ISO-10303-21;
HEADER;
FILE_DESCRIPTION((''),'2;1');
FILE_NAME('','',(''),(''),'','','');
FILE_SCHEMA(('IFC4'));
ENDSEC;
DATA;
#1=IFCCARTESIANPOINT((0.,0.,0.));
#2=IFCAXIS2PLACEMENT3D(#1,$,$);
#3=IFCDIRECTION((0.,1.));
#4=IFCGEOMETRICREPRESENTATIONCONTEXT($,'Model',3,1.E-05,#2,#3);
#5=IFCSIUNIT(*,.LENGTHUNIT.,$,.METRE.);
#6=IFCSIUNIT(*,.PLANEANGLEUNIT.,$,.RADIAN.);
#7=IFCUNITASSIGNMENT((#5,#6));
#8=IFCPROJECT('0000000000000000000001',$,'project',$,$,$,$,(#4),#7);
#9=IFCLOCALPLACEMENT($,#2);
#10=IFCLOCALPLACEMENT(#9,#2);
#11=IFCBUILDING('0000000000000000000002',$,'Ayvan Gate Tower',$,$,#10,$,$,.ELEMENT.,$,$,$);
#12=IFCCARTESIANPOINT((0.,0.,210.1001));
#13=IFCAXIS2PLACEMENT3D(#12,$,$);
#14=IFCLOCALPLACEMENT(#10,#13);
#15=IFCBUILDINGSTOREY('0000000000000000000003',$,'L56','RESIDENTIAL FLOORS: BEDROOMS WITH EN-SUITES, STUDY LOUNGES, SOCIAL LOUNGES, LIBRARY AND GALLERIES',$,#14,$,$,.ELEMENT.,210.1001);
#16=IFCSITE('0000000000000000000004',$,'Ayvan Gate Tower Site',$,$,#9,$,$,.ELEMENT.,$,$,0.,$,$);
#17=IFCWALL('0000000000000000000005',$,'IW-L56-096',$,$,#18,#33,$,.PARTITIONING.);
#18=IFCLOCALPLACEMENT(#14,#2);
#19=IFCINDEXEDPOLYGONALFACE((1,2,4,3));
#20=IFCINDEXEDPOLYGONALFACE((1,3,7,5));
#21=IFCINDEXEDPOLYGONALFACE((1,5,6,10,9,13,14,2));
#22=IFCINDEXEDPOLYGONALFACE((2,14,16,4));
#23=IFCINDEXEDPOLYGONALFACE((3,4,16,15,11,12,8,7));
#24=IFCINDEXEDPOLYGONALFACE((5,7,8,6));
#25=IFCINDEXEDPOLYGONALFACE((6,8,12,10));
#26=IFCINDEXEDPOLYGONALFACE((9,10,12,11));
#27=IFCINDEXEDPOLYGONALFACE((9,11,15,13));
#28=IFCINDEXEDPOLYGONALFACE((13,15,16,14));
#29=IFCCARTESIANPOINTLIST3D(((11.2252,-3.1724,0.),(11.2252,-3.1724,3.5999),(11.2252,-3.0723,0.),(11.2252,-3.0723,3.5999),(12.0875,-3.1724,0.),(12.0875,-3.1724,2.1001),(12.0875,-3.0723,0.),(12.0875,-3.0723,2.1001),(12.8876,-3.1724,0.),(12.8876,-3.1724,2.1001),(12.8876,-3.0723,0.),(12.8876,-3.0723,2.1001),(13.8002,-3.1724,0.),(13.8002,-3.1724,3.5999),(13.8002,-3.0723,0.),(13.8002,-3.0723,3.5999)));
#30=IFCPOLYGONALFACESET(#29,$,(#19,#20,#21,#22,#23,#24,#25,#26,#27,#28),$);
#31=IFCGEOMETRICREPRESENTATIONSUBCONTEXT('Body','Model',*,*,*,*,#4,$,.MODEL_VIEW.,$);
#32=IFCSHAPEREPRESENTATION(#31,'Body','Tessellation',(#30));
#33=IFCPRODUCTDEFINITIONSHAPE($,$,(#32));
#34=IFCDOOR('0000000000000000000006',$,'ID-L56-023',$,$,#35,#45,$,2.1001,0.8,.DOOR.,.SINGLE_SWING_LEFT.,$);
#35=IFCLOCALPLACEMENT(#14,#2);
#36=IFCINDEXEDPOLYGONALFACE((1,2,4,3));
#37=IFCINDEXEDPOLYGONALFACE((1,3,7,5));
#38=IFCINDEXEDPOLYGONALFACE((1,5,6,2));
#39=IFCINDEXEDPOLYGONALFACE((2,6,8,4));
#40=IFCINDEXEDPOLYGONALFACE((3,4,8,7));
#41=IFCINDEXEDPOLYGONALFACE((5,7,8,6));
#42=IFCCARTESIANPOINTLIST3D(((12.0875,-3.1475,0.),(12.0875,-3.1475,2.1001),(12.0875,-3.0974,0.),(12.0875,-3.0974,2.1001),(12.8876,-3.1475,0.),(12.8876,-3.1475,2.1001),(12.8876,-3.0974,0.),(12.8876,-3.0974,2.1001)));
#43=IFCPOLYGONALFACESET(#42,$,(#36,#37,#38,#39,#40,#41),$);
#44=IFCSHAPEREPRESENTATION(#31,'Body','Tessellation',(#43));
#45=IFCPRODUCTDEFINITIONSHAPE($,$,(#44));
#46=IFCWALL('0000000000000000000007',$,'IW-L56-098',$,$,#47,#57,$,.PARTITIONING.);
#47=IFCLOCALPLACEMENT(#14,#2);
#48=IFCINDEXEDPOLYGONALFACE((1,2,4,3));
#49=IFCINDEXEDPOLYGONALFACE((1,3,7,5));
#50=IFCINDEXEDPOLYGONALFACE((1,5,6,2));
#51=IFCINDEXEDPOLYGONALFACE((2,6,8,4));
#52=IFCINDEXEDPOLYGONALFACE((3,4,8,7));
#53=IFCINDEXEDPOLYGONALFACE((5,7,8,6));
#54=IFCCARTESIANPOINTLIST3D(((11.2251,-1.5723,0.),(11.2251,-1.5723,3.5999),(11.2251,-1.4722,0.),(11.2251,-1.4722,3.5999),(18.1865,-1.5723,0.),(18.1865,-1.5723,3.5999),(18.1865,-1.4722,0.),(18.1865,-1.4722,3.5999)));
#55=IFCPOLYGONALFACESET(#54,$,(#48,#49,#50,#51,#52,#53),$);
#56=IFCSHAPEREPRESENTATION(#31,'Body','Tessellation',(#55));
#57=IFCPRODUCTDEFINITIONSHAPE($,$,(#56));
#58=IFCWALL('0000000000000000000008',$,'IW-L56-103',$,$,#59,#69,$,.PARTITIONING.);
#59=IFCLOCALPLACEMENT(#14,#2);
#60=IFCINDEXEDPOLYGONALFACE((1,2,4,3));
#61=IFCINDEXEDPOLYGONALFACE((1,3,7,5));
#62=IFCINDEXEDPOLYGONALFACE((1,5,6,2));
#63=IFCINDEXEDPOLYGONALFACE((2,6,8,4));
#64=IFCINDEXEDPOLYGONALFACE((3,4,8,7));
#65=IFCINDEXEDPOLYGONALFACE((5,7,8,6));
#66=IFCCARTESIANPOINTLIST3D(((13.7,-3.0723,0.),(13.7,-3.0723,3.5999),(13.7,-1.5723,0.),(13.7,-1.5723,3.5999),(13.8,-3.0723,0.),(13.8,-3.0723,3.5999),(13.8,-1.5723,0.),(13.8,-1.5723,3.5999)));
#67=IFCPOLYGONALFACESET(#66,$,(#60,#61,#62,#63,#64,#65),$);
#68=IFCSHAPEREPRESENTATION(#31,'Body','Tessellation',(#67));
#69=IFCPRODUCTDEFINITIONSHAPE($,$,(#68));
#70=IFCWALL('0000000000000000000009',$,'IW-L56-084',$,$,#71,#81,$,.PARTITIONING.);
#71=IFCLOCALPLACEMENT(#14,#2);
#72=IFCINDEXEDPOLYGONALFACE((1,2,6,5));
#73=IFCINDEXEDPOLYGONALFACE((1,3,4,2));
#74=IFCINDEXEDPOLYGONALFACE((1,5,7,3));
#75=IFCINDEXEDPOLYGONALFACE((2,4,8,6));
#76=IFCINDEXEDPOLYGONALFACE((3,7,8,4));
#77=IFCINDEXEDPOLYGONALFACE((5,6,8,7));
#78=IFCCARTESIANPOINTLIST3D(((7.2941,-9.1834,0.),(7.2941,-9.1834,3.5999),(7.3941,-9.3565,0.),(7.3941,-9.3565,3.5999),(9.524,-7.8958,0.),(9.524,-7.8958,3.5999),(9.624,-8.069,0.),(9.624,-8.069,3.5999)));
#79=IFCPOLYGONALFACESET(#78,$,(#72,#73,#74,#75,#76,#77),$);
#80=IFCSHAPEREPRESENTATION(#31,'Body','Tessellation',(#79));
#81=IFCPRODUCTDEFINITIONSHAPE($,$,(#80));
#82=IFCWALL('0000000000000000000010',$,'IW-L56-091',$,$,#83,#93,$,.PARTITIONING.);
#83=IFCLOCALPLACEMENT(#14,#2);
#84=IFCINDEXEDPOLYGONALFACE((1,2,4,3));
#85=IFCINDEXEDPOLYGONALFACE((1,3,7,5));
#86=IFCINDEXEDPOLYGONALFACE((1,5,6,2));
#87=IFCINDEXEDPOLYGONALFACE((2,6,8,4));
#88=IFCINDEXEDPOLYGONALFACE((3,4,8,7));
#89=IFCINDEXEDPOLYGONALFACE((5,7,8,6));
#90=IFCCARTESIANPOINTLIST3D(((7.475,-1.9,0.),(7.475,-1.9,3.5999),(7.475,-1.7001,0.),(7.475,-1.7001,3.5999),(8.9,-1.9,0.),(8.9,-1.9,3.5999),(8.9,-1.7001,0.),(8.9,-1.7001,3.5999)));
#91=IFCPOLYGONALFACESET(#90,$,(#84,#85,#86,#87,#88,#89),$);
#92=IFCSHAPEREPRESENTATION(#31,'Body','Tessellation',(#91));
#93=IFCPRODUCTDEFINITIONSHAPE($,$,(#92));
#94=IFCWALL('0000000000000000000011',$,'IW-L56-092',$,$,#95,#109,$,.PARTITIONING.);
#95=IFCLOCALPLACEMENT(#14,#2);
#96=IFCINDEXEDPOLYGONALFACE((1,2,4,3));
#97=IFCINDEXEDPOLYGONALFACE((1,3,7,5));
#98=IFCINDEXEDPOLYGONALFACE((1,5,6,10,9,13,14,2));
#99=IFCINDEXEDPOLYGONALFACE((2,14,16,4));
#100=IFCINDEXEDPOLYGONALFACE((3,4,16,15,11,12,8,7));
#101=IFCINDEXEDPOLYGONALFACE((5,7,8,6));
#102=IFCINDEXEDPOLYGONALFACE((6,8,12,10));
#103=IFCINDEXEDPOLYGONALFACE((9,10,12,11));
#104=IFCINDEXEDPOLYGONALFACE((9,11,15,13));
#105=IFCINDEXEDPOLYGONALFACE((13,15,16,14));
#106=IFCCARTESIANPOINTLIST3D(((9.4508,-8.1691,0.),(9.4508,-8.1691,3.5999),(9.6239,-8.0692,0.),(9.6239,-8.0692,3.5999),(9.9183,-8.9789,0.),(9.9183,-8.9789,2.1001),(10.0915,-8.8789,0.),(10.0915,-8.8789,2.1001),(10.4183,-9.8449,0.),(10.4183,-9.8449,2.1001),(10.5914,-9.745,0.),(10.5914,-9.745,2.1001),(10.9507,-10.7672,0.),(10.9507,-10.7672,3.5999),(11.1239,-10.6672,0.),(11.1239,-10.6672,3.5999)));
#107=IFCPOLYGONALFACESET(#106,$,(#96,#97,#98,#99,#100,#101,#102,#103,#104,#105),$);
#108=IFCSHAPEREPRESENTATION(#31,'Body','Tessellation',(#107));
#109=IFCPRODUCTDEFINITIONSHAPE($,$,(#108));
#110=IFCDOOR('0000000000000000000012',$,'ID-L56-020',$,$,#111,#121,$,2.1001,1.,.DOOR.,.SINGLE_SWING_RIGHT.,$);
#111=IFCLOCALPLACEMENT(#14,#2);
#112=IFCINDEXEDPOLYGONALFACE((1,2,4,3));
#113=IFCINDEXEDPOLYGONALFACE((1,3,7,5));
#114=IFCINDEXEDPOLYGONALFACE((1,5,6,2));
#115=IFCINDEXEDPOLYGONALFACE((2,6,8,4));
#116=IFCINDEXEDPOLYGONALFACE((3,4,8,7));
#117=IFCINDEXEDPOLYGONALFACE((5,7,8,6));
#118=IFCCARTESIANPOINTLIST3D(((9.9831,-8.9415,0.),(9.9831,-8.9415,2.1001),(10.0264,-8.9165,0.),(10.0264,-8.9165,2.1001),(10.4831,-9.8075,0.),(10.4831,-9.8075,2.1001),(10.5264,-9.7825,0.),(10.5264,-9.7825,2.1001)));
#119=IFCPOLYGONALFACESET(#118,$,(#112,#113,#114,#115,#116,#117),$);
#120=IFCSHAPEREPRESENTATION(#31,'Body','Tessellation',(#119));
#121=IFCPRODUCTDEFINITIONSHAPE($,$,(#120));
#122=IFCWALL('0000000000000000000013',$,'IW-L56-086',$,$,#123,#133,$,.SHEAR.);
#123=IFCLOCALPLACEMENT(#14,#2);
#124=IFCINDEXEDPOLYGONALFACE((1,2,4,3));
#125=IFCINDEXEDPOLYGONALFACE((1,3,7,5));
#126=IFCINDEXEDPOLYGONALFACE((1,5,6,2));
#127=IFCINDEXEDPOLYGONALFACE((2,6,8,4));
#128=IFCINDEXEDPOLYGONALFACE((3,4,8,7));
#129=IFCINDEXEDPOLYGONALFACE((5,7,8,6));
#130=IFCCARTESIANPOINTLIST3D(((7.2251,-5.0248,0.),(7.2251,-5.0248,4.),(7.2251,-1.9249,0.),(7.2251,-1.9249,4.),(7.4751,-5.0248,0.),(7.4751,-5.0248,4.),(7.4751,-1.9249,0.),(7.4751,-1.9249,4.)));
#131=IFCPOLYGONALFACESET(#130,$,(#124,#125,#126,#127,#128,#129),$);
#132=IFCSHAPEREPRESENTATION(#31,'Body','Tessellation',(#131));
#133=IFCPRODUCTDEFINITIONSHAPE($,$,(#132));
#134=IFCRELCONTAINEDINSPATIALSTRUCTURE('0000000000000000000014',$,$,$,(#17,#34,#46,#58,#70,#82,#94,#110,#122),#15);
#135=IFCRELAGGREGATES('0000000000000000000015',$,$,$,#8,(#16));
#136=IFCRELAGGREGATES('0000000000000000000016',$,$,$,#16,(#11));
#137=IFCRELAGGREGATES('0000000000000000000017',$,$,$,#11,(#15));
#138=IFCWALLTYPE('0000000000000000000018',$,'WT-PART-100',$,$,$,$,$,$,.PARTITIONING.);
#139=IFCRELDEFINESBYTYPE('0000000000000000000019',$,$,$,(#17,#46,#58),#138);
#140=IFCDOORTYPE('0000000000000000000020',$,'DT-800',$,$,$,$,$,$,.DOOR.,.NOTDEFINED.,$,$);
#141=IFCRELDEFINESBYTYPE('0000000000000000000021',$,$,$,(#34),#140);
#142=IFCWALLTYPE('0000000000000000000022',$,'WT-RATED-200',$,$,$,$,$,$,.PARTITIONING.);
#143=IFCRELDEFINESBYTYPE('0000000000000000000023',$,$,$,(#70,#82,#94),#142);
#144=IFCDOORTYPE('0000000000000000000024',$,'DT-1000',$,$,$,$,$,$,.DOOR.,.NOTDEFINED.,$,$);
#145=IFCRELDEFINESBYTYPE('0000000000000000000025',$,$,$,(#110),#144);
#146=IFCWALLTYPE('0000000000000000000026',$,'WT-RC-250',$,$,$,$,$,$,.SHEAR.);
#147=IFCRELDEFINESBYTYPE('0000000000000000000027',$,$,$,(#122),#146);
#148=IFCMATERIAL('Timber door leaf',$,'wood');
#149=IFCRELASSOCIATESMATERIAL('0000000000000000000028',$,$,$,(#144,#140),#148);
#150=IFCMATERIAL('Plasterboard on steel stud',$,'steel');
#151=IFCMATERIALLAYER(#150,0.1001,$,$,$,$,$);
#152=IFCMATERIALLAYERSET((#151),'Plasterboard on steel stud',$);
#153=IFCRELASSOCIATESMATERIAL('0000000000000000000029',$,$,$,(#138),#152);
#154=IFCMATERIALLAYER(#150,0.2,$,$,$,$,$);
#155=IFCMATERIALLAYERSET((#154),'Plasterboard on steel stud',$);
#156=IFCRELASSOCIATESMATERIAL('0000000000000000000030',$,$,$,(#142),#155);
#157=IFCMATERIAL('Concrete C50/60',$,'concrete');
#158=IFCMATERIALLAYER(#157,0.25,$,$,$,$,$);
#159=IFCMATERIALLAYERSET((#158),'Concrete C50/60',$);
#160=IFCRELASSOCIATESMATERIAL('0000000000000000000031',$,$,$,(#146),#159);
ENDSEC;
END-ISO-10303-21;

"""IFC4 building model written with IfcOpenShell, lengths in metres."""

from ifc_helpers import new_model, si_unit, direction, frame, frame_2d, origin, place, context, subcontext, project, spatial, rectangle, extrude, material, layer, layer_set, type_object, element, fill, save


model = new_model("IFC4")

# Units and contexts
model_context = context("Model", 3, precision=1e-05, world=origin(), true_north=direction((0.0, 1.0)))
body_context = subcontext(model_context, "Body", "Model", "MODEL_VIEW")
ifc_project = project(units=[si_unit("LENGTHUNIT", "METRE"), si_unit("PLANEANGLEUNIT", "RADIAN")], contexts=[model_context])

# Site, building, storey
site_placement = place(None, origin())
site = spatial("IfcSite", under=ifc_project, at=site_placement, Name="Ayvan Gate Tower Site", CompositionType="ELEMENT", RefElevation=0.0)
building_placement = place(site_placement, origin())
building = spatial("IfcBuilding", under=site, at=building_placement, Name="Ayvan Gate Tower", CompositionType="ELEMENT")
storey_placement = place(building_placement, frame((0.0, 0.0, 210.1001)))
storey = spatial("IfcBuildingStorey", under=building, at=storey_placement, Name="L56", Description="RESIDENTIAL FLOORS: BEDROOMS WITH EN-SUITES, STUDY LOUNGES, SOCIAL LOUNGES, LIBRARY AND GALLERIES", CompositionType="ELEMENT", Elevation=210.1001)

# Wall, opening, door
ifc_material_1 = material(Name="Timber door leaf", Category="wood")
ifc_material_2 = material(Name="Plasterboard on steel stud", Category="steel")
door_type_1 = type_object("IfcDoorType", Name="DT-1000", OperationType="NOTDEFINED", PredefinedType="DOOR", material=ifc_material_1)
ifc_layer_1 = layer(ifc_material_2, 0.1001)
ifc_layer_set_1 = layer_set([ifc_layer_1], Name="Plasterboard on steel stud")
wall_type_1 = type_object("IfcWallType", Name="WT-PART-100", PredefinedType="PARTITIONING", material=ifc_layer_set_1)
wall_1_placement = place(storey_placement, frame((11.2251, -3.1223, 0.0), z_axis=(0.0, 0.0, 1.0), x_axis=(1.0, 0.0, 0.0)))
wall_1 = element("IfcWall", 1, at=wall_1_placement, inside=storey, type_object=wall_type_1, Name="IW-L56-096", PredefinedType="PARTITIONING", context=body_context, shape_type="SweptSolid", body=[
    extrude(rectangle(XDim=2.575, YDim=0.1001, at=frame_2d((1.2876, 0.0))), origin(), (0.0, 0.0, 1.0), 3.5999),
])
opening_1_placement = place(wall_1_placement, frame((0.8625, 0.0, 0.0)))
opening_1 = element("IfcOpeningElement", 2, at=opening_1_placement, cuts=wall_1, PredefinedType="OPENING", context=body_context, shape_type="SweptSolid", body=[
    extrude(rectangle(XDim=0.8, YDim=2.1001, at=frame_2d((0.3999, 1.05))), frame((0.0, 0.0601, 0.0), z_axis=(0.0, -1.0, 0.0), x_axis=(1.0, 0.0, 0.0)), (0.0, 0.0, 1.0), 0.1201),
])
door_type_2 = type_object("IfcDoorType", Name="DT-800", OperationType="NOTDEFINED", PredefinedType="DOOR", material=ifc_material_1)
door_1_placement = place(opening_1_placement, origin())
door_1 = element("IfcDoor", 3, at=door_1_placement, inside=storey, type_object=door_type_2, Name="ID-L56-023", OperationType="SINGLE_SWING_LEFT", OverallHeight=2.1001, OverallWidth=0.8, PredefinedType="DOOR", context=body_context, shape_type="SweptSolid", body=[
    extrude(rectangle(XDim=0.8, YDim=2.1001, at=frame_2d((0.3999, 1.05))), frame((0.0, 0.0249, 0.0), z_axis=(0.0, -1.0, 0.0), x_axis=(1.0, 0.0, 0.0)), (0.0, 0.0, 1.0), 0.05),
])
fill(opening_1, door_1)

# Walls
wall_2_placement = place(storey_placement, frame((11.2251, -1.5222, 0.0), z_axis=(0.0, 0.0, 1.0), x_axis=(1.0, 0.0, 0.0)))
element("IfcWall", 4, at=wall_2_placement, inside=storey, type_object=wall_type_1, Name="IW-L56-098", PredefinedType="PARTITIONING", context=body_context, shape_type="SweptSolid", body=[
    extrude(rectangle(XDim=6.9614, YDim=0.1001, at=frame_2d((3.4807, 0.0))), origin(), (0.0, 0.0, 1.0), 3.5999),
])
wall_3_placement = place(storey_placement, frame((13.75, -3.0723, 0.0), z_axis=(0.0, 0.0, 1.0), x_axis=(0.0, 1.0, 0.0)))
element("IfcWall", 5, at=wall_3_placement, inside=storey, type_object=wall_type_1, Name="IW-L56-103", PredefinedType="PARTITIONING", context=body_context, shape_type="SweptSolid", body=[
    extrude(rectangle(XDim=1.5, YDim=0.1001, at=frame_2d((0.75, 0.0))), origin(), (0.0, 0.0, 1.0), 3.5999),
])
ifc_layer_2 = layer(ifc_material_2, 0.2)
ifc_layer_set_2 = layer_set([ifc_layer_2], Name="Plasterboard on steel stud")
wall_type_2 = type_object("IfcWallType", Name="WT-RATED-200", PredefinedType="PARTITIONING", material=ifc_layer_set_2)
wall_4_placement = place(storey_placement, frame((7.344, -9.27, 0.0), z_axis=(0.0, 0.0, 1.0), x_axis=(0.866006, 0.500034, 0.0)))
element("IfcWall", 6, at=wall_4_placement, inside=storey, type_object=wall_type_2, Name="IW-L56-084", PredefinedType="PARTITIONING", context=body_context, shape_type="SweptSolid", body=[
    extrude(rectangle(XDim=2.575, YDim=0.2, at=frame_2d((1.2876, 0.0))), origin(), (0.0, 0.0, 1.0), 3.5999),
])
wall_5_placement = place(storey_placement, frame((8.8999, -1.8, 0.0), z_axis=(0.0, 0.0, 1.0), x_axis=(-1.0, 0.0, 0.0)))
element("IfcWall", 7, at=wall_5_placement, inside=storey, type_object=wall_type_2, Name="IW-L56-091", PredefinedType="PARTITIONING", context=body_context, shape_type="SweptSolid", body=[
    extrude(rectangle(XDim=1.425, YDim=0.2, at=frame_2d((0.7124, 0.0))), origin(), (0.0, 0.0, 1.0), 3.5999),
])

# Wall, opening, door
wall_6_placement = place(storey_placement, frame((9.5374, -8.1191, 0.0), z_axis=(0.0, 0.0, 1.0), x_axis=(0.49999, -0.866031, 0.0)))
wall_6 = element("IfcWall", 8, at=wall_6_placement, inside=storey, type_object=wall_type_2, Name="IW-L56-092", PredefinedType="PARTITIONING", context=body_context, shape_type="SweptSolid", body=[
    extrude(rectangle(XDim=3.0, YDim=0.2, at=frame_2d((1.5, 0.0))), origin(), (0.0, 0.0, 1.0), 3.5999),
])
opening_2_placement = place(wall_6_placement, frame((0.9351, 0.0, 0.0)))
opening_2 = element("IfcOpeningElement", 9, at=opening_2_placement, cuts=wall_6, PredefinedType="OPENING", context=body_context, shape_type="SweptSolid", body=[
    extrude(rectangle(XDim=1.0, YDim=2.1001, at=frame_2d((0.5, 1.05))), frame((0.0, 0.1099, 0.0), z_axis=(0.0, -1.0, 0.0), x_axis=(1.0, 0.0, 0.0)), (0.0, 0.0, 1.0), 0.22),
])
door_2_placement = place(opening_2_placement, origin())
door_2 = element("IfcDoor", 10, at=door_2_placement, inside=storey, type_object=door_type_1, Name="ID-L56-020", OperationType="SINGLE_SWING_RIGHT", OverallHeight=2.1001, OverallWidth=1.0, PredefinedType="DOOR", context=body_context, shape_type="SweptSolid", body=[
    extrude(rectangle(XDim=1.0, YDim=2.1001, at=frame_2d((0.5, 1.05))), frame((0.0, 0.0249, 0.0), z_axis=(0.0, -1.0, 0.0), x_axis=(1.0, 0.0, 0.0)), (0.0, 0.0, 1.0), 0.05),
])
fill(opening_2, door_2)

# Wall
ifc_material_3 = material(Name="Concrete C50/60", Category="concrete")
ifc_layer_3 = layer(ifc_material_3, 0.25)
ifc_layer_set_3 = layer_set([ifc_layer_3], Name="Concrete C50/60")
wall_type_3 = type_object("IfcWallType", Name="WT-RC-250", PredefinedType="SHEAR", material=ifc_layer_set_3)
wall_7_placement = place(storey_placement, frame((7.3501, -1.925, 0.0), z_axis=(0.0, 0.0, 1.0), x_axis=(0.0, -1.0, 0.0)))
element("IfcWall", 11, at=wall_7_placement, inside=storey, type_object=wall_type_3, Name="IW-L56-086", PredefinedType="SHEAR", context=body_context, shape_type="SweptSolid", body=[
    extrude(rectangle(XDim=3.0999, YDim=0.25, at=frame_2d((1.5498, 0.0))), origin(), (0.0, 0.0, 1.0), 4.0),
])

save(model, "model.ifc")
